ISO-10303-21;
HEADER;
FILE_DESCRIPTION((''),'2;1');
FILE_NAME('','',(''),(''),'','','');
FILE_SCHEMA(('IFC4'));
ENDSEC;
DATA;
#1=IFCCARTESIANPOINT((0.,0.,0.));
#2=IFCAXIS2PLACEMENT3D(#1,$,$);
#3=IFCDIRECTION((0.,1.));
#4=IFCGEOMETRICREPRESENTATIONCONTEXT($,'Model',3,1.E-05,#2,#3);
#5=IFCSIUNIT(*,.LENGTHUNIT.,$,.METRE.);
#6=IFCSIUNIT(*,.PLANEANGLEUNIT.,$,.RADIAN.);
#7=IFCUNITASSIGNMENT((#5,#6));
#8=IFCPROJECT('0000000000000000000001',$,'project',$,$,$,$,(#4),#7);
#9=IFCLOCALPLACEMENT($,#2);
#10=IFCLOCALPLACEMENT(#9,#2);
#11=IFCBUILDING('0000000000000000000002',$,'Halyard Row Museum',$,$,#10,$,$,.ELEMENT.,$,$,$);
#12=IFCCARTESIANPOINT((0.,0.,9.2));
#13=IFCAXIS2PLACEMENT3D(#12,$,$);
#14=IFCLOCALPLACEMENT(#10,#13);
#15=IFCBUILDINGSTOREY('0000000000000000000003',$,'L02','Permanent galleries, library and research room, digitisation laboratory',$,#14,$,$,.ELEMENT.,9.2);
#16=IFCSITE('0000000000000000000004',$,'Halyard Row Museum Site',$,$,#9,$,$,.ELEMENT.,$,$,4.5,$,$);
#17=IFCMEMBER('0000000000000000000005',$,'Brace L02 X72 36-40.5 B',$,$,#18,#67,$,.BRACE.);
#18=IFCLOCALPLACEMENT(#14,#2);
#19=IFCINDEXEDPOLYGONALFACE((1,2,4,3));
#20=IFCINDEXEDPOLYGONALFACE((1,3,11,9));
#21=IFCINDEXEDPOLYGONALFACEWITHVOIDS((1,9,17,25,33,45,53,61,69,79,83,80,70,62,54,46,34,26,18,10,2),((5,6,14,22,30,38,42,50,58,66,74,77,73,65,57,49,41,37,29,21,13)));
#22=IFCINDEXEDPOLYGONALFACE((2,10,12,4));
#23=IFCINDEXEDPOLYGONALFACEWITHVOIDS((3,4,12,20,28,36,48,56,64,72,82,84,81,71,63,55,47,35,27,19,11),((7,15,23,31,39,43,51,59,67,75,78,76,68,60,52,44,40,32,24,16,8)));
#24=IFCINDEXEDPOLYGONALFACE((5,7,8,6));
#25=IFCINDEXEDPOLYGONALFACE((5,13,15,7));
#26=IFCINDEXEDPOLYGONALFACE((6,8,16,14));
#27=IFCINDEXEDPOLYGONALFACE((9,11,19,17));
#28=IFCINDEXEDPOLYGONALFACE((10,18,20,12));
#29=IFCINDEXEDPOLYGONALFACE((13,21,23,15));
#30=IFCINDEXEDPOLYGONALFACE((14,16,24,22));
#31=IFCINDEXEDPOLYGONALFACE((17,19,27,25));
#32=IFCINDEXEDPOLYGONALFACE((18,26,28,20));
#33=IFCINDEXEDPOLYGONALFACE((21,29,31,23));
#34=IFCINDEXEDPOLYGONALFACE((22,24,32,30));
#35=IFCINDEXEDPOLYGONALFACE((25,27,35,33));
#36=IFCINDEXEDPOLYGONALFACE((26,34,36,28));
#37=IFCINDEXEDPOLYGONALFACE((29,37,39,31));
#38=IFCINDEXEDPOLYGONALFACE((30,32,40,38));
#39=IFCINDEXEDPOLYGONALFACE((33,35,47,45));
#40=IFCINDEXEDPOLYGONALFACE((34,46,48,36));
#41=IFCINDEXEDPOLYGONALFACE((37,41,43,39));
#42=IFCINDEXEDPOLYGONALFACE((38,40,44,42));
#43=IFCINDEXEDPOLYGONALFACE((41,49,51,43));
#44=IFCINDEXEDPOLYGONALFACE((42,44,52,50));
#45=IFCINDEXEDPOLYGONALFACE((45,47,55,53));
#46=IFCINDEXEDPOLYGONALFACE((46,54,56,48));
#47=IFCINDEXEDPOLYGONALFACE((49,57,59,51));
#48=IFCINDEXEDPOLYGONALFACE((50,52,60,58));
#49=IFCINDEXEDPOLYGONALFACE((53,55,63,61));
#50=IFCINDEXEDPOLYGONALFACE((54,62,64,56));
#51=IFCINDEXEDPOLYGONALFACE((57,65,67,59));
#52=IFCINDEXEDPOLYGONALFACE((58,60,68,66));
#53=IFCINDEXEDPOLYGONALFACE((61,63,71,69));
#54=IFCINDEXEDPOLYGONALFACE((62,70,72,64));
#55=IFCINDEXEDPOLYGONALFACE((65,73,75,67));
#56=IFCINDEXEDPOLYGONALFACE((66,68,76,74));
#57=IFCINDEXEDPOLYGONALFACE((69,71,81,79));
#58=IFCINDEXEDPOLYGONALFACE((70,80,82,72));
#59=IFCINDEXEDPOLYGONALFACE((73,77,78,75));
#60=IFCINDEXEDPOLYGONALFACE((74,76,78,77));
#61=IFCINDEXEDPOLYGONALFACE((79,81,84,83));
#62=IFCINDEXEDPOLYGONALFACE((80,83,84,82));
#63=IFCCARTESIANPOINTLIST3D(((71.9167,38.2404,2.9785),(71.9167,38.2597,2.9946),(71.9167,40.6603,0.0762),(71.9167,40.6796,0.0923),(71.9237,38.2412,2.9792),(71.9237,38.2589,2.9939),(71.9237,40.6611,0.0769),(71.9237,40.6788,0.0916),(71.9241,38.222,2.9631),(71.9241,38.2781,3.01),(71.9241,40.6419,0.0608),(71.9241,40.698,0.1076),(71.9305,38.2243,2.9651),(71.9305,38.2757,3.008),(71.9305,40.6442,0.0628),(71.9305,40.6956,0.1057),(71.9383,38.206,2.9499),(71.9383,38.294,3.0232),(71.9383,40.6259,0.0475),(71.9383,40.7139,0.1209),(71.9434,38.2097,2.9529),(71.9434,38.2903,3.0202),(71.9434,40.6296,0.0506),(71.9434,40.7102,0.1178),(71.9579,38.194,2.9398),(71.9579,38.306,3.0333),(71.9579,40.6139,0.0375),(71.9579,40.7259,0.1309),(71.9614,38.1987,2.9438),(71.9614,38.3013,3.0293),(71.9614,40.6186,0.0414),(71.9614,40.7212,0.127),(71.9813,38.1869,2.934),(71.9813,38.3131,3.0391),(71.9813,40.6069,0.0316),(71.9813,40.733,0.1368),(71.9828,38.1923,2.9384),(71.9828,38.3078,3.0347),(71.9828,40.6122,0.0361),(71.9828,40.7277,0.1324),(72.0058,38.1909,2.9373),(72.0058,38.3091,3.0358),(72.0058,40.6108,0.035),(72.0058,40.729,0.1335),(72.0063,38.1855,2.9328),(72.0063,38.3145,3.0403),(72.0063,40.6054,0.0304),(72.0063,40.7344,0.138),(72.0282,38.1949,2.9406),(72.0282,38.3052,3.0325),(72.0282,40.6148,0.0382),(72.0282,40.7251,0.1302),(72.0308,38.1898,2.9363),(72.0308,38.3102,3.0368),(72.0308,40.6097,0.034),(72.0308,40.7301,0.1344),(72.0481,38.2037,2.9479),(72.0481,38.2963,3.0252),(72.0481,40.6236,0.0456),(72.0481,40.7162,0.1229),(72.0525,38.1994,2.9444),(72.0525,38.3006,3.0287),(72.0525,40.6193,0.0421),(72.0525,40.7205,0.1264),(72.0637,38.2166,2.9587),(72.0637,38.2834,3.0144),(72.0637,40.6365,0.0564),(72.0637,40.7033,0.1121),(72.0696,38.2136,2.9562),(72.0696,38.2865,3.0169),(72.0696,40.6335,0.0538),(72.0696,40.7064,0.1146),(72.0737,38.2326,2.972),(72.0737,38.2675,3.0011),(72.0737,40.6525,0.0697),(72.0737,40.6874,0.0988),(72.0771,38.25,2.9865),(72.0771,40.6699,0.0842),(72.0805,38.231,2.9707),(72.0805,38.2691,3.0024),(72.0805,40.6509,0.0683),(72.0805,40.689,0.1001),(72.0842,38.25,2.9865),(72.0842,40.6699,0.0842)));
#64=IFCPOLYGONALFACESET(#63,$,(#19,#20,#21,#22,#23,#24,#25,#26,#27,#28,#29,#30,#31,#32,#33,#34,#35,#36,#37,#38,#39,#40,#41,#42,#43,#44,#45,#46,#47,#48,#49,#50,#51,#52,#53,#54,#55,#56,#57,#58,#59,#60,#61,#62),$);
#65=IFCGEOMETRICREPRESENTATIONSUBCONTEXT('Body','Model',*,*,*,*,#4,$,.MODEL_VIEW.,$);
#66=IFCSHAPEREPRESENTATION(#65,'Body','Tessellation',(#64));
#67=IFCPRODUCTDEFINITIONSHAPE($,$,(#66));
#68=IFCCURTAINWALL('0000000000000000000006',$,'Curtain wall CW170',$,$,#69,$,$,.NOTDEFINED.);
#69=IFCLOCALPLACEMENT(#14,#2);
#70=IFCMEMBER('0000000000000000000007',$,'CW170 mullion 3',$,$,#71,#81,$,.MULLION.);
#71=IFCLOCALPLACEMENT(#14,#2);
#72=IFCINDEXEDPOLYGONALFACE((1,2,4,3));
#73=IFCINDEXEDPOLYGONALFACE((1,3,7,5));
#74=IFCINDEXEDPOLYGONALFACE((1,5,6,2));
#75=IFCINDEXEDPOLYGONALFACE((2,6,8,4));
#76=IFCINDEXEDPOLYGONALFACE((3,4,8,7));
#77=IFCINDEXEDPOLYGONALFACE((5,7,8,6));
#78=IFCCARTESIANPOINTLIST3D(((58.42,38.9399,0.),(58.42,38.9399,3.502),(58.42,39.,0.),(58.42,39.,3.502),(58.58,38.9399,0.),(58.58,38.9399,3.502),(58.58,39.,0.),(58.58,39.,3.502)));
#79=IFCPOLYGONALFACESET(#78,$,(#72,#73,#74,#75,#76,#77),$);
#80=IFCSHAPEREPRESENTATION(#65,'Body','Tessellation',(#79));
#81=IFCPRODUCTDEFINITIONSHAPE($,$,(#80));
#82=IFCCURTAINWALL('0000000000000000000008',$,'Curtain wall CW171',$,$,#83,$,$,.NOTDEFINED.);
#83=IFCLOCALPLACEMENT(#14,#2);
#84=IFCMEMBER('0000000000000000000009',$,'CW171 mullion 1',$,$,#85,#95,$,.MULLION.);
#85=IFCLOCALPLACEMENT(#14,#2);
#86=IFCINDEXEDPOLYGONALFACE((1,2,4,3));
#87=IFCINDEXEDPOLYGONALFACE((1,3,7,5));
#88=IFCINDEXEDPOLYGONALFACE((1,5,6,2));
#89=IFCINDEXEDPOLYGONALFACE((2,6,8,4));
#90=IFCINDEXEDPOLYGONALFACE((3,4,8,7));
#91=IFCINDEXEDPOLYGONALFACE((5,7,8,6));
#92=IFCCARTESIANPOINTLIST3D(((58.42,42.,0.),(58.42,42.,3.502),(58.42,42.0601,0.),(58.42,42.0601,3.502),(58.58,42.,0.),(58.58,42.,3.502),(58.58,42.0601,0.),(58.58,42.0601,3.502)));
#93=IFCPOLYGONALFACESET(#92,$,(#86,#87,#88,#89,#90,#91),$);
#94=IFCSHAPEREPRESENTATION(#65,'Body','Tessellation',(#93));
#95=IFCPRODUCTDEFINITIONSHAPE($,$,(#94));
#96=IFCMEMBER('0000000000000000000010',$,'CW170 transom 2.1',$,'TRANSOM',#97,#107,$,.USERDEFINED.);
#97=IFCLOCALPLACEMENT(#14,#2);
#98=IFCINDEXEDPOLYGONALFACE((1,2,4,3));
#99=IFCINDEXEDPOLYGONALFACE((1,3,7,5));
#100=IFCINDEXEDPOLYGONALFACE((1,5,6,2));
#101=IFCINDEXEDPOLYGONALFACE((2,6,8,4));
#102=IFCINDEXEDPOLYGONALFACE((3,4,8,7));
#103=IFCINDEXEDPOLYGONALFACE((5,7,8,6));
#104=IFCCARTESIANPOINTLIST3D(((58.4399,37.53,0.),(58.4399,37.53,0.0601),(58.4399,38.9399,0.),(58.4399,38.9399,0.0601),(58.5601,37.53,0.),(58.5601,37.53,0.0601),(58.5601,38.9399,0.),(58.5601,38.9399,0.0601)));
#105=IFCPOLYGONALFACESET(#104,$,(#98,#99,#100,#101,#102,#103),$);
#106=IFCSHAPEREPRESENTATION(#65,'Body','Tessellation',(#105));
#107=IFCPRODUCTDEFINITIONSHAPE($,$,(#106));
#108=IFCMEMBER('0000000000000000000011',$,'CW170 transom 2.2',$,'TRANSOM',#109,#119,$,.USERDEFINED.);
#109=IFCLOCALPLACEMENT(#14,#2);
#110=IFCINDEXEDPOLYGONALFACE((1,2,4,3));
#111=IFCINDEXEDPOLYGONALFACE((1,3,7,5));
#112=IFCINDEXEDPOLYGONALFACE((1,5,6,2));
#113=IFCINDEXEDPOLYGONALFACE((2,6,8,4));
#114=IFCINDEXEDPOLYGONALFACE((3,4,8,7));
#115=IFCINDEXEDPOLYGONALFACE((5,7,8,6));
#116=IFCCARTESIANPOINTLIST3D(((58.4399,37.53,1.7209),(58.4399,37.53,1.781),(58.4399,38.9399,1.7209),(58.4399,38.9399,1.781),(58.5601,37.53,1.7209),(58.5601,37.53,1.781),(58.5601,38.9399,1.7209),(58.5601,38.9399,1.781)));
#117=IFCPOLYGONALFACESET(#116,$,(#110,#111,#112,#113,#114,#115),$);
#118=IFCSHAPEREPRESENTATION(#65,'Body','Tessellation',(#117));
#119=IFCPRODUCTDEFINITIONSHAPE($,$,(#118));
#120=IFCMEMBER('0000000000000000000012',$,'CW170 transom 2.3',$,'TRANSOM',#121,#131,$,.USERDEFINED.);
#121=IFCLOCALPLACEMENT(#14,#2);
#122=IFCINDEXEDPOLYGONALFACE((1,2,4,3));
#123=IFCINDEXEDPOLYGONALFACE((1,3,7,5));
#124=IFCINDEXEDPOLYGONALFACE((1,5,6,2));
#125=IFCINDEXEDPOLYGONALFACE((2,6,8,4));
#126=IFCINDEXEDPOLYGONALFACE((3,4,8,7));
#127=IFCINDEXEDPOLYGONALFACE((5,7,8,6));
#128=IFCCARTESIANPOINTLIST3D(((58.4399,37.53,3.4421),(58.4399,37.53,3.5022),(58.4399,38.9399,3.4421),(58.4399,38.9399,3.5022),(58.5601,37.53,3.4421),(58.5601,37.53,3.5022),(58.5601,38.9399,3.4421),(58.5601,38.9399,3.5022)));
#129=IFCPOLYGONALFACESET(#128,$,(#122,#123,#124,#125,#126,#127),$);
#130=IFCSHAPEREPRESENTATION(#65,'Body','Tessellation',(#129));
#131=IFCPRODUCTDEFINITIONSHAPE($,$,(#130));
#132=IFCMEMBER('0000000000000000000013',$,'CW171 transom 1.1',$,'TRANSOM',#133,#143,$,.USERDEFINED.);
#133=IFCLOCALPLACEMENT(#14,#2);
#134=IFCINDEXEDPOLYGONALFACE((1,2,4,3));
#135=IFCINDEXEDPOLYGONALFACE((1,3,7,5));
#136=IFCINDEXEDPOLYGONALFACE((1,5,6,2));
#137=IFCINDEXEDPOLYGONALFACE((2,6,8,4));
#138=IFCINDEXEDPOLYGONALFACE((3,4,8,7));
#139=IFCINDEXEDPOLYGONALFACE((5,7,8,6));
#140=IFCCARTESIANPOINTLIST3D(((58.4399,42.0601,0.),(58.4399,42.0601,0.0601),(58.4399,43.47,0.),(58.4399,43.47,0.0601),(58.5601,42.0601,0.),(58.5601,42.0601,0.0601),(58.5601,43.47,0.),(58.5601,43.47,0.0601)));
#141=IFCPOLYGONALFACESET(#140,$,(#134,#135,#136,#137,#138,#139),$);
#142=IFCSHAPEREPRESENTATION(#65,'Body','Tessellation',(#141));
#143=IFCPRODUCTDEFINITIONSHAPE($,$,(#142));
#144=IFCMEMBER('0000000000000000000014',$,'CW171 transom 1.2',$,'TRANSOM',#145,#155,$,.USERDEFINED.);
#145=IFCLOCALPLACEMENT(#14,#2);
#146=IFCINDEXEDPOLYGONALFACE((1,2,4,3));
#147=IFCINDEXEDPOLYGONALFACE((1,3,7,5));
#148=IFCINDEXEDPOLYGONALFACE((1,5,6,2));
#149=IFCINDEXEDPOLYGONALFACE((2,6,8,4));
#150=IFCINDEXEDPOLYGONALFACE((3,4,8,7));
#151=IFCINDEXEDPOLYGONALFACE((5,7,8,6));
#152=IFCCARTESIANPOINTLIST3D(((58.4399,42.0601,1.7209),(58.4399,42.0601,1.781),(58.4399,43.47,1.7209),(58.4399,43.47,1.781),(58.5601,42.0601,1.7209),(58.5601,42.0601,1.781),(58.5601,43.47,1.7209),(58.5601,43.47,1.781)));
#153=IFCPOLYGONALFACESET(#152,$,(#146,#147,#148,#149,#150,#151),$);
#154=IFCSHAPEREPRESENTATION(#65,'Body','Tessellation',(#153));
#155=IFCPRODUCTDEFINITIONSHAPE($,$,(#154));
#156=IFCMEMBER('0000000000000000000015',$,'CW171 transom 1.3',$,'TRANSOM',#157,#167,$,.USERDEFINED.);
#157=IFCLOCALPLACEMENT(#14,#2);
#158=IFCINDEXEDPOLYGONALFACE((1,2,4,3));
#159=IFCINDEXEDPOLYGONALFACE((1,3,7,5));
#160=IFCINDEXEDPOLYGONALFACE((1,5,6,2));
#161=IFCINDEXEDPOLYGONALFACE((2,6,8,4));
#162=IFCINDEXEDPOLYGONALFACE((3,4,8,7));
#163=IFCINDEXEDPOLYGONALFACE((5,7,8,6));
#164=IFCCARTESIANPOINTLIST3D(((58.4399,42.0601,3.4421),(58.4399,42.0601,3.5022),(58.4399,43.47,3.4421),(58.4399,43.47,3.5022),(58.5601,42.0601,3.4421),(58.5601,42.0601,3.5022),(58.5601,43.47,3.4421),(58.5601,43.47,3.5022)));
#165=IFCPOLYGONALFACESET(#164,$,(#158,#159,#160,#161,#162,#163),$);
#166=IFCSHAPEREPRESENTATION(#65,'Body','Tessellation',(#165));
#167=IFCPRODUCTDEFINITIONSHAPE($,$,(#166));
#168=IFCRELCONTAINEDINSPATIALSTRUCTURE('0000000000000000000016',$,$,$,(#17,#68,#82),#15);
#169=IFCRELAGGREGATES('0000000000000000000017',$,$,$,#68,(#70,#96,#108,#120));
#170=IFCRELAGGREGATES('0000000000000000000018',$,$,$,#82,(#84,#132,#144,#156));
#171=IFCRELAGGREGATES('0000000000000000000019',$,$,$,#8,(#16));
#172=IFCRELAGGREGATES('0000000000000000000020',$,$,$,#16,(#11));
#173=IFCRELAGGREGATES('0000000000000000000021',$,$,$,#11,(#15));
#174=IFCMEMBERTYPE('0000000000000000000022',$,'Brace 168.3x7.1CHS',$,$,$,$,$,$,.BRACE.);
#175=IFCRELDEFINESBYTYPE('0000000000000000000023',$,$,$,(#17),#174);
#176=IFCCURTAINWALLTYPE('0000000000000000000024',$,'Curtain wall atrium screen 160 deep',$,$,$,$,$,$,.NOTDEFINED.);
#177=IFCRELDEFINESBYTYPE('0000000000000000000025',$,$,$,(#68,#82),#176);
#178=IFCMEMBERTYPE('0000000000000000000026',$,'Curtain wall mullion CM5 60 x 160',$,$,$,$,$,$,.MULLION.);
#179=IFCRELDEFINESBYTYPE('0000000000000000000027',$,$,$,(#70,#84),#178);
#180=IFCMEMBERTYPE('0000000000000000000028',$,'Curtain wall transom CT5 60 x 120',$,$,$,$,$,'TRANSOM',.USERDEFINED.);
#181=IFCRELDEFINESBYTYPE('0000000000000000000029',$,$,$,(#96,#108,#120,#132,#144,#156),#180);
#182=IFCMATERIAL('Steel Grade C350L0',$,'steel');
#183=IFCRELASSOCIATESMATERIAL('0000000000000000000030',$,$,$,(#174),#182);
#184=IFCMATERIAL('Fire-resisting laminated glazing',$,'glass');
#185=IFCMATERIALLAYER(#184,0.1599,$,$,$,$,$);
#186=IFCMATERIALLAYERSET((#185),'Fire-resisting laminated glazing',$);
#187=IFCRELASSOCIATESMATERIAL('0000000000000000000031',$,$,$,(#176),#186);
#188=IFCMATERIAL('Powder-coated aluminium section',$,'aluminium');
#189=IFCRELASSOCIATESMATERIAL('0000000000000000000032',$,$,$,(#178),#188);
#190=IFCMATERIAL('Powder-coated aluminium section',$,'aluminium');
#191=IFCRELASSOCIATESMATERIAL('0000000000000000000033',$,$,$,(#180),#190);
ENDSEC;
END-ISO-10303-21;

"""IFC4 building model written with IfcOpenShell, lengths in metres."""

from ifc_helpers import new_model, si_unit, direction, frame, origin, origin_2d, place, context, subcontext, project, spatial, rectangle, hollow_circle, extrude, material, layer, layer_set, material_profile, profile_set, type_object, element, aggregate, save


model = new_model("IFC4")

# Units and contexts
model_context = context("Model", 3, precision=1e-05, world=origin(), true_north=direction((0.0, 1.0)))
body_context = subcontext(model_context, "Body", "Model", "MODEL_VIEW")
ifc_project = project(units=[si_unit("LENGTHUNIT", "METRE"), si_unit("PLANEANGLEUNIT", "RADIAN")], contexts=[model_context])

# Site, building, storey
site_placement = place(None, origin())
site = spatial("IfcSite", under=ifc_project, at=site_placement, Name="Halyard Row Museum Site", CompositionType="ELEMENT", RefElevation=4.5)
building_placement = place(site_placement, origin())
building = spatial("IfcBuilding", under=site, at=building_placement, Name="Halyard Row Museum", CompositionType="ELEMENT")
storey_placement = place(building_placement, frame((0.0, 0.0, 9.2)))
storey = spatial("IfcBuildingStorey", under=building, at=storey_placement, Name="L02", Description="Permanent galleries, library and research room, digitisation laboratory", CompositionType="ELEMENT", Elevation=9.2)

# Member
ifc_material_1 = material(Name="Steel Grade C350L0", Category="steel")
ifc_material_profile_1 = material_profile(ifc_material_1, hollow_circle(Radius=0.0842, WallThickness=0.0071, at=origin_2d()), Name="168.3x7.1CHS")
ifc_profile_set_1 = profile_set([ifc_material_profile_1], Name="Steel Grade C350L0")
member_type_1 = type_object("IfcMemberType", Name="Brace 168.3x7.1CHS", PredefinedType="BRACE", material=ifc_profile_set_1)
member_1_placement = place(storey_placement, frame((72.0, 40.6699, 0.0842), z_axis=(0.0, -0.640388, 0.768052), x_axis=(1.0, 0.0, 0.0)))
element("IfcMember", 1, at=member_1_placement, inside=storey, type_object=member_type_1, Name="Brace L02 X72 36-40.5 B", PredefinedType="BRACE", context=body_context, shape_type="SweptSolid", body=[
    extrude(hollow_circle(Radius=0.0842, WallThickness=0.0071, at=origin_2d()), origin(), (0.0, 0.0, 1.0), 3.7788),
])

# Curtain walls, members
ifc_material_2 = material(Name="Fire-resisting laminated glazing", Category="glass")
ifc_layer_1 = layer(ifc_material_2, 0.1599)
ifc_layer_set_1 = layer_set([ifc_layer_1], Name="Fire-resisting laminated glazing")
curtain_wall_type = type_object("IfcCurtainWallType", Name="Curtain wall atrium screen 160 deep", PredefinedType="NOTDEFINED", material=ifc_layer_set_1)
curtain_wall_1_placement = place(storey_placement, origin())
curtain_wall_1 = element("IfcCurtainWall", 2, at=curtain_wall_1_placement, inside=storey, type_object=curtain_wall_type, Name="Curtain wall CW170", PredefinedType="NOTDEFINED")
ifc_material_3 = material(Name="Powder-coated aluminium section", Category="aluminium")
ifc_material_profile_2 = material_profile(ifc_material_3, rectangle(XDim=0.1599, YDim=0.0601, at=origin_2d()), Name="160x60 mullion")
ifc_profile_set_2 = profile_set([ifc_material_profile_2], Name="Powder-coated aluminium section")
member_type_2 = type_object("IfcMemberType", Name="Curtain wall mullion CM5 60 x 160", PredefinedType="MULLION", material=ifc_profile_set_2)
member_2_placement = place(storey_placement, frame((58.5, 38.97, 0.0), z_axis=(0.0, 0.0, 1.0), x_axis=(-1.0, 0.0, 0.0)))
member_2 = element("IfcMember", 3, at=member_2_placement, type_object=member_type_2, Name="CW170 mullion 3", PredefinedType="MULLION", context=body_context, shape_type="SweptSolid", body=[
    extrude(rectangle(XDim=0.1599, YDim=0.0601, at=origin_2d()), origin(), (0.0, 0.0, 1.0), 3.502),
])
curtain_wall_2_placement = place(storey_placement, origin())
curtain_wall_2 = element("IfcCurtainWall", 4, at=curtain_wall_2_placement, inside=storey, type_object=curtain_wall_type, Name="Curtain wall CW171", PredefinedType="NOTDEFINED")
member_3_placement = place(storey_placement, frame((58.5, 42.03, 0.0), z_axis=(0.0, 0.0, 1.0), x_axis=(-1.0, 0.0, 0.0)))
member_3 = element("IfcMember", 5, at=member_3_placement, type_object=member_type_2, Name="CW171 mullion 1", PredefinedType="MULLION", context=body_context, shape_type="SweptSolid", body=[
    extrude(rectangle(XDim=0.1599, YDim=0.0601, at=origin_2d()), origin(), (0.0, 0.0, 1.0), 3.502),
])

# Members
ifc_material_4 = material(Name="Powder-coated aluminium section", Category="aluminium")
ifc_material_profile_3 = material_profile(ifc_material_4, rectangle(XDim=0.1201, YDim=0.0601, at=origin_2d()), Name="120x60 transom")
ifc_profile_set_3 = profile_set([ifc_material_profile_3], Name="Powder-coated aluminium section")
member_type_3 = type_object("IfcMemberType", Name="Curtain wall transom CT5 60 x 120", ElementType="TRANSOM", PredefinedType="USERDEFINED", material=ifc_profile_set_3)
member_4_placement = place(storey_placement, frame((58.5, 37.53, 0.03), z_axis=(0.0, 1.0, 0.0), x_axis=(-1.0, 0.0, 0.0)))
member_4 = element("IfcMember", 6, at=member_4_placement, type_object=member_type_3, Name="CW170 transom 2.1", ObjectType="TRANSOM", PredefinedType="USERDEFINED", context=body_context, shape_type="SweptSolid", body=[
    extrude(rectangle(XDim=0.1201, YDim=0.0601, at=origin_2d()), origin(), (0.0, 0.0, 1.0), 1.4099),
])
member_5_placement = place(storey_placement, frame((58.5, 37.53, 1.751), z_axis=(0.0, 1.0, 0.0), x_axis=(-1.0, 0.0, 0.0)))
member_5 = element("IfcMember", 7, at=member_5_placement, type_object=member_type_3, Name="CW170 transom 2.2", ObjectType="TRANSOM", PredefinedType="USERDEFINED", context=body_context, shape_type="SweptSolid", body=[
    extrude(rectangle(XDim=0.1201, YDim=0.0601, at=origin_2d()), origin(), (0.0, 0.0, 1.0), 1.4099),
])
member_6_placement = place(storey_placement, frame((58.5, 37.53, 3.4722), z_axis=(0.0, 1.0, 0.0), x_axis=(-1.0, 0.0, 0.0)))
member_6 = element("IfcMember", 8, at=member_6_placement, type_object=member_type_3, Name="CW170 transom 2.3", ObjectType="TRANSOM", PredefinedType="USERDEFINED", context=body_context, shape_type="SweptSolid", body=[
    extrude(rectangle(XDim=0.1201, YDim=0.0601, at=origin_2d()), origin(), (0.0, 0.0, 1.0), 1.4099),
])
member_7_placement = place(storey_placement, frame((58.5, 42.0601, 0.03), z_axis=(0.0, 1.0, 0.0), x_axis=(-1.0, 0.0, 0.0)))
member_7 = element("IfcMember", 9, at=member_7_placement, type_object=member_type_3, Name="CW171 transom 1.1", ObjectType="TRANSOM", PredefinedType="USERDEFINED", context=body_context, shape_type="SweptSolid", body=[
    extrude(rectangle(XDim=0.1201, YDim=0.0601, at=origin_2d()), origin(), (0.0, 0.0, 1.0), 1.4099),
])
member_8_placement = place(storey_placement, frame((58.5, 42.0601, 1.751), z_axis=(0.0, 1.0, 0.0), x_axis=(-1.0, 0.0, 0.0)))
member_8 = element("IfcMember", 10, at=member_8_placement, type_object=member_type_3, Name="CW171 transom 1.2", ObjectType="TRANSOM", PredefinedType="USERDEFINED", context=body_context, shape_type="SweptSolid", body=[
    extrude(rectangle(XDim=0.1201, YDim=0.0601, at=origin_2d()), origin(), (0.0, 0.0, 1.0), 1.4099),
])
member_9_placement = place(storey_placement, frame((58.5, 42.0601, 3.4722), z_axis=(0.0, 1.0, 0.0), x_axis=(-1.0, 0.0, 0.0)))
member_9 = element("IfcMember", 11, at=member_9_placement, type_object=member_type_3, Name="CW171 transom 1.3", ObjectType="TRANSOM", PredefinedType="USERDEFINED", context=body_context, shape_type="SweptSolid", body=[
    extrude(rectangle(XDim=0.1201, YDim=0.0601, at=origin_2d()), origin(), (0.0, 0.0, 1.0), 1.4099),
])

aggregate(curtain_wall_1, [member_2, member_4, member_5, member_6])
aggregate(curtain_wall_2, [member_3, member_7, member_8, member_9])

save(model, "model.ifc")
